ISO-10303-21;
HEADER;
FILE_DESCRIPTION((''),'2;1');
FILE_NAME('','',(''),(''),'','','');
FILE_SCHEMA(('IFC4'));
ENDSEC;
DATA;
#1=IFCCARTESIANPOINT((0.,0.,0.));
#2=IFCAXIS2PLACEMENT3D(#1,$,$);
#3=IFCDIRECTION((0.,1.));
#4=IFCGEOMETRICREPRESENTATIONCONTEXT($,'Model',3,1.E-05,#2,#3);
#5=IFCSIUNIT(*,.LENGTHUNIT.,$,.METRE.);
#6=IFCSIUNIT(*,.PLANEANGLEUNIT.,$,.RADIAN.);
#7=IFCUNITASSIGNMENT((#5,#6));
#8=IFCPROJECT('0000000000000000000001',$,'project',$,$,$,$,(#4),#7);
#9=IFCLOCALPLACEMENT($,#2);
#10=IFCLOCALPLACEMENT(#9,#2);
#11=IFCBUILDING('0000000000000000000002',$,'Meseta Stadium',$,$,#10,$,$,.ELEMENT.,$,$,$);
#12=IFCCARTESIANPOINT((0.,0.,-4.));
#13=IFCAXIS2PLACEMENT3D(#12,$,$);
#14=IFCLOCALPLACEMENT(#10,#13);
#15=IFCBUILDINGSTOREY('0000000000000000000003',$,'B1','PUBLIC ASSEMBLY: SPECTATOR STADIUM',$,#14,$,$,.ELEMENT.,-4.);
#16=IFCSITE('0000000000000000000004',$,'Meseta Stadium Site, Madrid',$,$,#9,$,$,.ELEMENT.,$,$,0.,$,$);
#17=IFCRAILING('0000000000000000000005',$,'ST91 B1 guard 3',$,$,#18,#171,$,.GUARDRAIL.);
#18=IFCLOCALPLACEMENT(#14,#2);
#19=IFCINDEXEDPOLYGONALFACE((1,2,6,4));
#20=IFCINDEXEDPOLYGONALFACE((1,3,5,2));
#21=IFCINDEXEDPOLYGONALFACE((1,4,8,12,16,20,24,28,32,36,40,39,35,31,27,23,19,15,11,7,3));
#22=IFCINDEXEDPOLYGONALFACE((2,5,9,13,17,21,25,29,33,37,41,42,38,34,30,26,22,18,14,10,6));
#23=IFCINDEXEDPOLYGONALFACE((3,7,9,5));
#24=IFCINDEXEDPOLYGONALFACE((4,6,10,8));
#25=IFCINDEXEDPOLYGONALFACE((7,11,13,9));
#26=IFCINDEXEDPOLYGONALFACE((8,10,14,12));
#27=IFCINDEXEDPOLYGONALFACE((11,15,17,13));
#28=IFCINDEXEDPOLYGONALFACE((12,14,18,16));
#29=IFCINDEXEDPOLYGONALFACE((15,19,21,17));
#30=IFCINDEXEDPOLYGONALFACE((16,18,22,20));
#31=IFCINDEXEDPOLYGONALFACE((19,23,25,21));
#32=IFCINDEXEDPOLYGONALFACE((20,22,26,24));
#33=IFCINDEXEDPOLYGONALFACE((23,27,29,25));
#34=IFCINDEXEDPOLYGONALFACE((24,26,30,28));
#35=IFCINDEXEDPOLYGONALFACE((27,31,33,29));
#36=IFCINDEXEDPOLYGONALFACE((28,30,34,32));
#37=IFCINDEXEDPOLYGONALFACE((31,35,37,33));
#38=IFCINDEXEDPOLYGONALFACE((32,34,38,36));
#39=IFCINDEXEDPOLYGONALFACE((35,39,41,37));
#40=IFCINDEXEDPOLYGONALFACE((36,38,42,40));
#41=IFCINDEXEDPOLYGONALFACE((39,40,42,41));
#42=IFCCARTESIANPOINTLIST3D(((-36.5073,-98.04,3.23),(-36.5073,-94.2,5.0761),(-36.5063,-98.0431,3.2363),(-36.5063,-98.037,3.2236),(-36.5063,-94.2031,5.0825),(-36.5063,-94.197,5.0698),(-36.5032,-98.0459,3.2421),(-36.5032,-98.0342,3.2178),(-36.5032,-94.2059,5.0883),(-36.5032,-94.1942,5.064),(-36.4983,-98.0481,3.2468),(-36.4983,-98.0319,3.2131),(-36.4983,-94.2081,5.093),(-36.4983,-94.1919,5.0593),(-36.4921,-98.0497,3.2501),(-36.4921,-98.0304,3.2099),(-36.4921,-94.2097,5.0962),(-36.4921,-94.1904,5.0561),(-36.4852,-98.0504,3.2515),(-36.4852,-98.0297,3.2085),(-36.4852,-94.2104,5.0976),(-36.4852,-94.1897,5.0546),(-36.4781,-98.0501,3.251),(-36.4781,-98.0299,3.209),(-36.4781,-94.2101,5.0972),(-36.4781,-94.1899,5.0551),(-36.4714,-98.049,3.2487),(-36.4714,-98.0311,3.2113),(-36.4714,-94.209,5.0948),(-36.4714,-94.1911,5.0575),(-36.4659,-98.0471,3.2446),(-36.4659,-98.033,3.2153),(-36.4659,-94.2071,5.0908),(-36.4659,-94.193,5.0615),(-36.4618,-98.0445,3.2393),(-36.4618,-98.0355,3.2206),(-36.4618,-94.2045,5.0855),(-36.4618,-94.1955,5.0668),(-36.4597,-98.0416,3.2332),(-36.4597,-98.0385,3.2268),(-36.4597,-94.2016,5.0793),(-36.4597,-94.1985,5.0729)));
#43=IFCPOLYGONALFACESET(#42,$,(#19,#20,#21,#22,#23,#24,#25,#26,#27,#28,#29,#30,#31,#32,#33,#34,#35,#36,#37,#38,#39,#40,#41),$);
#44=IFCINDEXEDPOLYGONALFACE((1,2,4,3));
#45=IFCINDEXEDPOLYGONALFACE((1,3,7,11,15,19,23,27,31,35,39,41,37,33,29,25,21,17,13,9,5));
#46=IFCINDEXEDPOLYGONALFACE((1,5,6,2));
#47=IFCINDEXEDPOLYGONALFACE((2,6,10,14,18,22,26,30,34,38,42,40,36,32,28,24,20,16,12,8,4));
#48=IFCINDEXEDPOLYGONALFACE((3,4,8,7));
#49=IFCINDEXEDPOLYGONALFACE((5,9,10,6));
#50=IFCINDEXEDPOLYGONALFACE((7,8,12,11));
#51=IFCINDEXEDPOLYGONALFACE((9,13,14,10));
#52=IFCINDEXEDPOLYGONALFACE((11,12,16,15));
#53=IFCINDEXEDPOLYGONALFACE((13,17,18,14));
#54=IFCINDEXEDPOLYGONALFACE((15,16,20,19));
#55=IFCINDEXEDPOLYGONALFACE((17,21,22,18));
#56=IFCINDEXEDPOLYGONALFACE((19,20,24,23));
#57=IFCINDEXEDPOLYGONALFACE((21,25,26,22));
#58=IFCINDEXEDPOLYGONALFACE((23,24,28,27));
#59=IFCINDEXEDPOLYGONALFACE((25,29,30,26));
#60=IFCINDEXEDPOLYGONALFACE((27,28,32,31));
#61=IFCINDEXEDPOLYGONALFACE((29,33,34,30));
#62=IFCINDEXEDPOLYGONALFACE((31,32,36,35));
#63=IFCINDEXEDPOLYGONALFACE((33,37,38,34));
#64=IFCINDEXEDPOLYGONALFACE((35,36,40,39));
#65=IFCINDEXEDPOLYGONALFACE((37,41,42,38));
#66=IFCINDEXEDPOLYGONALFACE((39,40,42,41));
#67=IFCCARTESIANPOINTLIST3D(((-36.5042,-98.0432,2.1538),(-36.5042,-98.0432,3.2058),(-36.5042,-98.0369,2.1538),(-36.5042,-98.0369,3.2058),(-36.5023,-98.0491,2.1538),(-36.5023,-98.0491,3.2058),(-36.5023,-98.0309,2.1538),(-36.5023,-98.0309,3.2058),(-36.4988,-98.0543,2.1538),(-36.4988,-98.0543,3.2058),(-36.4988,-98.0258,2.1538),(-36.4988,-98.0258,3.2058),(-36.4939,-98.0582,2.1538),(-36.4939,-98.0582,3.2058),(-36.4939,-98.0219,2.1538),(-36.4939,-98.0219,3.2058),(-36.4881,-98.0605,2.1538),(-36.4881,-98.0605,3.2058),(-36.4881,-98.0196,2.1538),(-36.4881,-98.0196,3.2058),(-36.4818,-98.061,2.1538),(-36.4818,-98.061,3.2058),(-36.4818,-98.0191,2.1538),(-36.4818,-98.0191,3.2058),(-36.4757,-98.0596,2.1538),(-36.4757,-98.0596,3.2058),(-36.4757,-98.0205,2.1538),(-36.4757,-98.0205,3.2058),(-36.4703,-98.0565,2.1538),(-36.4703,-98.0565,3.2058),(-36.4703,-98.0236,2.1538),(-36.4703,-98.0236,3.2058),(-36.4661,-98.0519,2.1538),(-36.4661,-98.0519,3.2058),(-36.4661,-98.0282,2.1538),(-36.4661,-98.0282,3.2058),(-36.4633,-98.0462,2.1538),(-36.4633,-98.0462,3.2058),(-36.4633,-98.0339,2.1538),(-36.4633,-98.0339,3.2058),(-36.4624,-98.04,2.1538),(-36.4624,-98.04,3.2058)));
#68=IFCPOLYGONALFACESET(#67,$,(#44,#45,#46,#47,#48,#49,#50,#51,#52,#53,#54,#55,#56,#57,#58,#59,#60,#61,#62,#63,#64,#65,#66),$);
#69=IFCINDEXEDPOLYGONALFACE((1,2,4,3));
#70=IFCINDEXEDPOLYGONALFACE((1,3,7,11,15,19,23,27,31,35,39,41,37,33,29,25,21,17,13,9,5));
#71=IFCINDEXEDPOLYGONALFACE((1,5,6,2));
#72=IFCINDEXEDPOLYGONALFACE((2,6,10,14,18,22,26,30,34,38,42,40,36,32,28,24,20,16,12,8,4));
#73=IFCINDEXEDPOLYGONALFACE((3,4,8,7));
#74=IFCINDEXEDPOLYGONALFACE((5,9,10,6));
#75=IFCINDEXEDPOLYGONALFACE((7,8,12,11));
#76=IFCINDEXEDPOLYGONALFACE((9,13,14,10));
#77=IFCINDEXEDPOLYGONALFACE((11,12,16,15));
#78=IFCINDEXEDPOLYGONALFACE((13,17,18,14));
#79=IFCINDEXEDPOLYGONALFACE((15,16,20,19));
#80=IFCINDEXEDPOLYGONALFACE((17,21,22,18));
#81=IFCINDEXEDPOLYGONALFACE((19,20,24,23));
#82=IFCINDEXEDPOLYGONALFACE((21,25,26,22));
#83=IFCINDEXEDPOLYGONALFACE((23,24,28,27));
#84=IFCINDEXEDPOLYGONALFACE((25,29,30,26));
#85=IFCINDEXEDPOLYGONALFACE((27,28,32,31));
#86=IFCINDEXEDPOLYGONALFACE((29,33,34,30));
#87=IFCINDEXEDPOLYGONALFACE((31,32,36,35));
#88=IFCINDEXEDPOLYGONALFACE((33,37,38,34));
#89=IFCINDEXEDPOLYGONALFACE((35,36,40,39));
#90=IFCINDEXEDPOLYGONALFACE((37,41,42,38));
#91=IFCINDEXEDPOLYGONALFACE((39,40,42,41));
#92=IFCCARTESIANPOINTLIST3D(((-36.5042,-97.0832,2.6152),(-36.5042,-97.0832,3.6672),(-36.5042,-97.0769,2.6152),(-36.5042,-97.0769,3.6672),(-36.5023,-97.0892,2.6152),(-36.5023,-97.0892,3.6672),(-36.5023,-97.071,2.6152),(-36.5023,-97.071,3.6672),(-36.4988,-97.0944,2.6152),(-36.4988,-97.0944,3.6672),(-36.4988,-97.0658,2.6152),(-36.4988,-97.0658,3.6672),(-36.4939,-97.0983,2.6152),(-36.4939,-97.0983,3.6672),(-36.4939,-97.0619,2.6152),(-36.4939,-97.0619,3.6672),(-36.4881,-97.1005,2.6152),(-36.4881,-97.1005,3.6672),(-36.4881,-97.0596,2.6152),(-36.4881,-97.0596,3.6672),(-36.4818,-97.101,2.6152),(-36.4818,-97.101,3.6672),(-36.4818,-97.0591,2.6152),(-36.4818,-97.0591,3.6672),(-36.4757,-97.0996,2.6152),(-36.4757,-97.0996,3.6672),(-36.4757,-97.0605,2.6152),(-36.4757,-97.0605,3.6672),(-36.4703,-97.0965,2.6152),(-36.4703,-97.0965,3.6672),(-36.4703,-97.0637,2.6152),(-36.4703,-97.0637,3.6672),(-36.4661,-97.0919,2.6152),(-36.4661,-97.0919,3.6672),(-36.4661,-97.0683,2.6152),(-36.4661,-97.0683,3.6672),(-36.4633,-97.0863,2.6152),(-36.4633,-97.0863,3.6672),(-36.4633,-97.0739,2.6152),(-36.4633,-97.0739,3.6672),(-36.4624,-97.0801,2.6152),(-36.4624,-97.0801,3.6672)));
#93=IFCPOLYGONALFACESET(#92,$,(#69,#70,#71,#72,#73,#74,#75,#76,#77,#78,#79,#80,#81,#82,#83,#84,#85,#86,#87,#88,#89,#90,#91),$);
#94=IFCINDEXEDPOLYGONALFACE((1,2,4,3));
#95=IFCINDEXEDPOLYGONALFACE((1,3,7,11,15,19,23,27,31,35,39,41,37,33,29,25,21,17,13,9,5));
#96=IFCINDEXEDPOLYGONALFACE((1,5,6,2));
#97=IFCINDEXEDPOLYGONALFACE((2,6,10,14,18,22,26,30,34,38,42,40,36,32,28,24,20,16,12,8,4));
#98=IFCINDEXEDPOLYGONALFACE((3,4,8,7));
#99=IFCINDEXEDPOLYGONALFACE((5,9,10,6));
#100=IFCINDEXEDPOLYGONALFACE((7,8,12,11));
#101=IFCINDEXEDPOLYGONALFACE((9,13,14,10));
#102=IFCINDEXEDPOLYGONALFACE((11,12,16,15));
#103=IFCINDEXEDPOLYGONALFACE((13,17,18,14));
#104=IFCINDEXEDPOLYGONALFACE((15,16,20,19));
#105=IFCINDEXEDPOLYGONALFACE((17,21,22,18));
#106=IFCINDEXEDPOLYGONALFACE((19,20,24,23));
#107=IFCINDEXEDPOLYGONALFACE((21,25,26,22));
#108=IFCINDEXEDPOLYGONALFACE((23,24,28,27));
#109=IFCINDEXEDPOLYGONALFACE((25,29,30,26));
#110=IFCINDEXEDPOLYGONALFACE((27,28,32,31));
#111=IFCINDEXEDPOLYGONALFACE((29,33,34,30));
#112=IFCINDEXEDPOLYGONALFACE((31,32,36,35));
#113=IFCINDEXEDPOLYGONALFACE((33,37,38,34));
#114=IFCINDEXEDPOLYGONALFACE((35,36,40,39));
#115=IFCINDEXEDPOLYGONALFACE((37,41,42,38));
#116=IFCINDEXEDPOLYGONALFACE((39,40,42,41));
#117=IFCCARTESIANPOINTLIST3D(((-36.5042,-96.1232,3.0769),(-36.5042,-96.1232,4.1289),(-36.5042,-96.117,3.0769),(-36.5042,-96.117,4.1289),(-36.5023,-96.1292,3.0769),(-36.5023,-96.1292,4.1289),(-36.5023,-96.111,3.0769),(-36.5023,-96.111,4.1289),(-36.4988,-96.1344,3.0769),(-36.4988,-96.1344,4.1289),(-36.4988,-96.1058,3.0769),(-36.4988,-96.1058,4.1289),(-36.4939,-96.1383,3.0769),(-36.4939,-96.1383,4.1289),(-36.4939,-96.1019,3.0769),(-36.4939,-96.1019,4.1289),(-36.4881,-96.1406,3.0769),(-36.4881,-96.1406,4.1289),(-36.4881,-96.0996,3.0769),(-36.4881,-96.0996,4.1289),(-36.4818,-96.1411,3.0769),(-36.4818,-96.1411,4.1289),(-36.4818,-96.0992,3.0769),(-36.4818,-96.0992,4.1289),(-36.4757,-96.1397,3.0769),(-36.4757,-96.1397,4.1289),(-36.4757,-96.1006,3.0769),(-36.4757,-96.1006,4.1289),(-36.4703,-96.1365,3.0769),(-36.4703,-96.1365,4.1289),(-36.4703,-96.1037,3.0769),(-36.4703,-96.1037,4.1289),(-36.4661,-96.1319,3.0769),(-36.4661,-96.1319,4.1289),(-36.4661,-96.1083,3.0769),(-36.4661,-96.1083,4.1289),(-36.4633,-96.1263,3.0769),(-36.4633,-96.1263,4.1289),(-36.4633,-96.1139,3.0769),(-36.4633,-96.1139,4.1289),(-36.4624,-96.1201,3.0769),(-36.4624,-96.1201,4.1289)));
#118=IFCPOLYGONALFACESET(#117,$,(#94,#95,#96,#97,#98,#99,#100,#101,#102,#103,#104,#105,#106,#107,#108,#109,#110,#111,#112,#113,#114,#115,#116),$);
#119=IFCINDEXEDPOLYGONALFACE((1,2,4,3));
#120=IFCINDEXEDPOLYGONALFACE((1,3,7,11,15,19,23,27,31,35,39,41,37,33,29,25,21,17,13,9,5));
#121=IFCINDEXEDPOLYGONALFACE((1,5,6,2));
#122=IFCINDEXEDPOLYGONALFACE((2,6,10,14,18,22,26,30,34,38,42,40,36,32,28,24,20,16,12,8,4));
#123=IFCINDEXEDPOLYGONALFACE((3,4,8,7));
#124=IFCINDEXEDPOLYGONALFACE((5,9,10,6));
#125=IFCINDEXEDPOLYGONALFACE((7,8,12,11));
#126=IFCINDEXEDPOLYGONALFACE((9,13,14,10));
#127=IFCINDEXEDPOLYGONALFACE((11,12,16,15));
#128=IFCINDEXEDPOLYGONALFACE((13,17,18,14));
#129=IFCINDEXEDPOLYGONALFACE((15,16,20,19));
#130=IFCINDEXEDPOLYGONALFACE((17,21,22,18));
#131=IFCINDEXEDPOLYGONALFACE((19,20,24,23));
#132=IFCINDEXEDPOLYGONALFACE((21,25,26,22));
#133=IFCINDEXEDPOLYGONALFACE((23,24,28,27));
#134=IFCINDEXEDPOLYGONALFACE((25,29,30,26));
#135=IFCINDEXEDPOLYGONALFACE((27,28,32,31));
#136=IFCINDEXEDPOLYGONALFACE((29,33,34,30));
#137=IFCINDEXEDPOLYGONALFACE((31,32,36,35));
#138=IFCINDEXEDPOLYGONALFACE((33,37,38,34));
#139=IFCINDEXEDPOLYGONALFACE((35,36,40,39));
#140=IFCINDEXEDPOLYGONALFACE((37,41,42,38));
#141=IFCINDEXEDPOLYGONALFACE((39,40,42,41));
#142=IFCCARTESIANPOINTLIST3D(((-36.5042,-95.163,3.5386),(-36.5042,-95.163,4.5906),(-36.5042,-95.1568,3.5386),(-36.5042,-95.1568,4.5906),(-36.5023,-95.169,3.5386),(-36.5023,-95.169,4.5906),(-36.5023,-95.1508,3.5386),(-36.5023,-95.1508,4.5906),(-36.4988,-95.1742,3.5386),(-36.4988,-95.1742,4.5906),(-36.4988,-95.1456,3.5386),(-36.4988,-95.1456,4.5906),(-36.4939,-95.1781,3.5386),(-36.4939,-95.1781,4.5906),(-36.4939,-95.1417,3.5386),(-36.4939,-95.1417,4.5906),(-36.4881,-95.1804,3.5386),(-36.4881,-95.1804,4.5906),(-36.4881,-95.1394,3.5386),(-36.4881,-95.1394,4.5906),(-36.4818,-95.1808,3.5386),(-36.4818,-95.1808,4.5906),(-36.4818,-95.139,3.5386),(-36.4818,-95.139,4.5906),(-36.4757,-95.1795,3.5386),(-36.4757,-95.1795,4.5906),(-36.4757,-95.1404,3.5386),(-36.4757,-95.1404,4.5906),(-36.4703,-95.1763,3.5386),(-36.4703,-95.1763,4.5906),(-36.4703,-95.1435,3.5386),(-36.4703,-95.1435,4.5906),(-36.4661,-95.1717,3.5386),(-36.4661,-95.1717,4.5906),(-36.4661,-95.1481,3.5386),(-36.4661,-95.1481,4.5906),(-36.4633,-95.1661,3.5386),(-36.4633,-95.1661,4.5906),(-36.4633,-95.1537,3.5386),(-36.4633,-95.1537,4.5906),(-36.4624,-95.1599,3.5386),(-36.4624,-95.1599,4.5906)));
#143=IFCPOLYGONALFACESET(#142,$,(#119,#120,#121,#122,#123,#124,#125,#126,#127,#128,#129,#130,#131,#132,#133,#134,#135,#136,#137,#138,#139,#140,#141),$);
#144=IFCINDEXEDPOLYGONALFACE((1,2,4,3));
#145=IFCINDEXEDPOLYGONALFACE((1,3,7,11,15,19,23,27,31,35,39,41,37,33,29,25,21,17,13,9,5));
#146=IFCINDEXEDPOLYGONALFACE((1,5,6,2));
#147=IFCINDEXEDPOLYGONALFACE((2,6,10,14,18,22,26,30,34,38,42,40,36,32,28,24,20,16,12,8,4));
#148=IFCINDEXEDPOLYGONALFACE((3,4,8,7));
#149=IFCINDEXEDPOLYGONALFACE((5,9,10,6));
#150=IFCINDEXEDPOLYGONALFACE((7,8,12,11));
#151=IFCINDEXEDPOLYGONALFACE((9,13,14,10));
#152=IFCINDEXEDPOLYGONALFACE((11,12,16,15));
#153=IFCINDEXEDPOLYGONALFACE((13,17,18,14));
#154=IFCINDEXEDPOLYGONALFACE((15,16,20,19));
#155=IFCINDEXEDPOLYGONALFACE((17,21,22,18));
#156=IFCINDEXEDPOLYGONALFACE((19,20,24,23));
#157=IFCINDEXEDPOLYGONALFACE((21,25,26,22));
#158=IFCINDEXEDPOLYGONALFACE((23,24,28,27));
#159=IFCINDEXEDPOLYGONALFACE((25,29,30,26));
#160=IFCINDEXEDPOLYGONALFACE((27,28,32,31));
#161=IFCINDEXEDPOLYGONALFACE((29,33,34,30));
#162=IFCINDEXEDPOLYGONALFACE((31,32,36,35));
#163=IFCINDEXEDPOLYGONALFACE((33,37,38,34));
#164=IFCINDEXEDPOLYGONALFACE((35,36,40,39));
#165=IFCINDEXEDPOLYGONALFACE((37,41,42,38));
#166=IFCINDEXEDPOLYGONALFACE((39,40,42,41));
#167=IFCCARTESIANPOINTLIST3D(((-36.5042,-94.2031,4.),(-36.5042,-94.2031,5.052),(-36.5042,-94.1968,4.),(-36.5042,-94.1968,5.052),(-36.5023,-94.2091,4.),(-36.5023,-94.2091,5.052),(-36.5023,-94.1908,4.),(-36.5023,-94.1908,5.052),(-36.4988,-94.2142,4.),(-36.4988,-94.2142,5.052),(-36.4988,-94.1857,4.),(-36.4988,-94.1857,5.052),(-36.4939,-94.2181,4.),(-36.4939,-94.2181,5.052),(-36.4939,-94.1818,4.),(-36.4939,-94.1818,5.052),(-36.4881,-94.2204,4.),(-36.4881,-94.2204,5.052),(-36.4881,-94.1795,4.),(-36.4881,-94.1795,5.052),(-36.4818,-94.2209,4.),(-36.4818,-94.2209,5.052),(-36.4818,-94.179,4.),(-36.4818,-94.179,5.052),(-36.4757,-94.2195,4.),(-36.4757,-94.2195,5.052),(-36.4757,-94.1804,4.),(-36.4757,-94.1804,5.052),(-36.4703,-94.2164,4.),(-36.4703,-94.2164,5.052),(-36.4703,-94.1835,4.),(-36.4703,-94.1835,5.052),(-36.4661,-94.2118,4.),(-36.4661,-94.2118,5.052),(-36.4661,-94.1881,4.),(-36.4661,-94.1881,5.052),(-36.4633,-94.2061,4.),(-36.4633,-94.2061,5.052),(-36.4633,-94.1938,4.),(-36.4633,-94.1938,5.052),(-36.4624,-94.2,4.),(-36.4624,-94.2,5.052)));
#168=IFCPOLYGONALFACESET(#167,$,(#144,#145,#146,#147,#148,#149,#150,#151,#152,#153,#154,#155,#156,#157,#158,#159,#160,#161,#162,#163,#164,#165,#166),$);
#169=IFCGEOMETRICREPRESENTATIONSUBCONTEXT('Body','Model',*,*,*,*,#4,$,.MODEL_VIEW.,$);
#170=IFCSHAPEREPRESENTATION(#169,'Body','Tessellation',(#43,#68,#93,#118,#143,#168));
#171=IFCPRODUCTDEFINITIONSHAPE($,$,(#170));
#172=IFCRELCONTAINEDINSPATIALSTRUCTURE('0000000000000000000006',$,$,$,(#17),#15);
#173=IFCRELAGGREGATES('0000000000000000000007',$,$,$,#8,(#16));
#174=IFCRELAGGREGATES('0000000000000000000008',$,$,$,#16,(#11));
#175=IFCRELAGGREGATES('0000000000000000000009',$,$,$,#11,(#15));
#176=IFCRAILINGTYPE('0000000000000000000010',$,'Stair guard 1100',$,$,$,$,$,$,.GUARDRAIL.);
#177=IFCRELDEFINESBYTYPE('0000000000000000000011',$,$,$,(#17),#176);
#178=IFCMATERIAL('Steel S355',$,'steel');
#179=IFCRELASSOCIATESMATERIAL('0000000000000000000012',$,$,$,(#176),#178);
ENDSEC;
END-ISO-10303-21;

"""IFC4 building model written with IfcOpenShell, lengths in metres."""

from ifc_helpers import new_model, si_unit, direction, frame, origin, origin_2d, place, context, subcontext, project, spatial, circle, extrude, material, type_object, element, save


model = new_model("IFC4")

# Units and contexts
model_context = context("Model", 3, precision=1e-05, world=origin(), true_north=direction((0.0, 1.0)))
body_context = subcontext(model_context, "Body", "Model", "MODEL_VIEW")
ifc_project = project(units=[si_unit("LENGTHUNIT", "METRE"), si_unit("PLANEANGLEUNIT", "RADIAN")], contexts=[model_context])

# Site, building, storey
site_placement = place(None, origin())
site = spatial("IfcSite", under=ifc_project, at=site_placement, Name="Meseta Stadium Site, Madrid", CompositionType="ELEMENT", RefElevation=0.0)
building_placement = place(site_placement, origin())
building = spatial("IfcBuilding", under=site, at=building_placement, Name="Meseta Stadium", CompositionType="ELEMENT")
storey_placement = place(building_placement, frame((0.0, 0.0, -4.0)))
storey = spatial("IfcBuildingStorey", under=building, at=storey_placement, Name="B1", Description="PUBLIC ASSEMBLY: SPECTATOR STADIUM", CompositionType="ELEMENT", Elevation=-4.0)

# Railing
ifc_material_1 = material(Name="Steel S355", Category="steel")
railing_type_1 = type_object("IfcRailingType", Name="Stair guard 1100", PredefinedType="GUARDRAIL", material=ifc_material_1)
railing_1_placement = place(storey_placement, frame((-36.4834, -98.04, 2.1538)))
element("IfcRailing", 1, at=railing_1_placement, inside=storey, type_object=railing_type_1, Name="ST91 B1 guard 3", PredefinedType="GUARDRAIL", context=body_context, shape_type="SweptSolid", body=[
    extrude(circle(Radius=0.0239, at=origin_2d()), frame((0.0, 0.0, 1.0762), z_axis=(0.0, 0.901253, 0.433294), x_axis=(-1.0, 0.0, 0.0)), (0.0, 0.0, 1.0), 4.2607),
    extrude(circle(Radius=0.021, at=origin_2d()), origin(), (0.0, 0.0, 1.0), 1.052),
    extrude(circle(Radius=0.021, at=origin_2d()), frame((0.0, 0.96, 0.4614)), (0.0, 0.0, 1.0), 1.052),
    extrude(circle(Radius=0.021, at=origin_2d()), frame((0.0, 1.9199, 0.9231)), (0.0, 0.0, 1.0), 1.052),
    extrude(circle(Radius=0.021, at=origin_2d()), frame((0.0, 2.8801, 1.3848)), (0.0, 0.0, 1.0), 1.052),
    extrude(circle(Radius=0.021, at=origin_2d()), frame((0.0, 3.8401, 1.8462)), (0.0, 0.0, 1.0), 1.052),
])

save(model, "model.ifc")
